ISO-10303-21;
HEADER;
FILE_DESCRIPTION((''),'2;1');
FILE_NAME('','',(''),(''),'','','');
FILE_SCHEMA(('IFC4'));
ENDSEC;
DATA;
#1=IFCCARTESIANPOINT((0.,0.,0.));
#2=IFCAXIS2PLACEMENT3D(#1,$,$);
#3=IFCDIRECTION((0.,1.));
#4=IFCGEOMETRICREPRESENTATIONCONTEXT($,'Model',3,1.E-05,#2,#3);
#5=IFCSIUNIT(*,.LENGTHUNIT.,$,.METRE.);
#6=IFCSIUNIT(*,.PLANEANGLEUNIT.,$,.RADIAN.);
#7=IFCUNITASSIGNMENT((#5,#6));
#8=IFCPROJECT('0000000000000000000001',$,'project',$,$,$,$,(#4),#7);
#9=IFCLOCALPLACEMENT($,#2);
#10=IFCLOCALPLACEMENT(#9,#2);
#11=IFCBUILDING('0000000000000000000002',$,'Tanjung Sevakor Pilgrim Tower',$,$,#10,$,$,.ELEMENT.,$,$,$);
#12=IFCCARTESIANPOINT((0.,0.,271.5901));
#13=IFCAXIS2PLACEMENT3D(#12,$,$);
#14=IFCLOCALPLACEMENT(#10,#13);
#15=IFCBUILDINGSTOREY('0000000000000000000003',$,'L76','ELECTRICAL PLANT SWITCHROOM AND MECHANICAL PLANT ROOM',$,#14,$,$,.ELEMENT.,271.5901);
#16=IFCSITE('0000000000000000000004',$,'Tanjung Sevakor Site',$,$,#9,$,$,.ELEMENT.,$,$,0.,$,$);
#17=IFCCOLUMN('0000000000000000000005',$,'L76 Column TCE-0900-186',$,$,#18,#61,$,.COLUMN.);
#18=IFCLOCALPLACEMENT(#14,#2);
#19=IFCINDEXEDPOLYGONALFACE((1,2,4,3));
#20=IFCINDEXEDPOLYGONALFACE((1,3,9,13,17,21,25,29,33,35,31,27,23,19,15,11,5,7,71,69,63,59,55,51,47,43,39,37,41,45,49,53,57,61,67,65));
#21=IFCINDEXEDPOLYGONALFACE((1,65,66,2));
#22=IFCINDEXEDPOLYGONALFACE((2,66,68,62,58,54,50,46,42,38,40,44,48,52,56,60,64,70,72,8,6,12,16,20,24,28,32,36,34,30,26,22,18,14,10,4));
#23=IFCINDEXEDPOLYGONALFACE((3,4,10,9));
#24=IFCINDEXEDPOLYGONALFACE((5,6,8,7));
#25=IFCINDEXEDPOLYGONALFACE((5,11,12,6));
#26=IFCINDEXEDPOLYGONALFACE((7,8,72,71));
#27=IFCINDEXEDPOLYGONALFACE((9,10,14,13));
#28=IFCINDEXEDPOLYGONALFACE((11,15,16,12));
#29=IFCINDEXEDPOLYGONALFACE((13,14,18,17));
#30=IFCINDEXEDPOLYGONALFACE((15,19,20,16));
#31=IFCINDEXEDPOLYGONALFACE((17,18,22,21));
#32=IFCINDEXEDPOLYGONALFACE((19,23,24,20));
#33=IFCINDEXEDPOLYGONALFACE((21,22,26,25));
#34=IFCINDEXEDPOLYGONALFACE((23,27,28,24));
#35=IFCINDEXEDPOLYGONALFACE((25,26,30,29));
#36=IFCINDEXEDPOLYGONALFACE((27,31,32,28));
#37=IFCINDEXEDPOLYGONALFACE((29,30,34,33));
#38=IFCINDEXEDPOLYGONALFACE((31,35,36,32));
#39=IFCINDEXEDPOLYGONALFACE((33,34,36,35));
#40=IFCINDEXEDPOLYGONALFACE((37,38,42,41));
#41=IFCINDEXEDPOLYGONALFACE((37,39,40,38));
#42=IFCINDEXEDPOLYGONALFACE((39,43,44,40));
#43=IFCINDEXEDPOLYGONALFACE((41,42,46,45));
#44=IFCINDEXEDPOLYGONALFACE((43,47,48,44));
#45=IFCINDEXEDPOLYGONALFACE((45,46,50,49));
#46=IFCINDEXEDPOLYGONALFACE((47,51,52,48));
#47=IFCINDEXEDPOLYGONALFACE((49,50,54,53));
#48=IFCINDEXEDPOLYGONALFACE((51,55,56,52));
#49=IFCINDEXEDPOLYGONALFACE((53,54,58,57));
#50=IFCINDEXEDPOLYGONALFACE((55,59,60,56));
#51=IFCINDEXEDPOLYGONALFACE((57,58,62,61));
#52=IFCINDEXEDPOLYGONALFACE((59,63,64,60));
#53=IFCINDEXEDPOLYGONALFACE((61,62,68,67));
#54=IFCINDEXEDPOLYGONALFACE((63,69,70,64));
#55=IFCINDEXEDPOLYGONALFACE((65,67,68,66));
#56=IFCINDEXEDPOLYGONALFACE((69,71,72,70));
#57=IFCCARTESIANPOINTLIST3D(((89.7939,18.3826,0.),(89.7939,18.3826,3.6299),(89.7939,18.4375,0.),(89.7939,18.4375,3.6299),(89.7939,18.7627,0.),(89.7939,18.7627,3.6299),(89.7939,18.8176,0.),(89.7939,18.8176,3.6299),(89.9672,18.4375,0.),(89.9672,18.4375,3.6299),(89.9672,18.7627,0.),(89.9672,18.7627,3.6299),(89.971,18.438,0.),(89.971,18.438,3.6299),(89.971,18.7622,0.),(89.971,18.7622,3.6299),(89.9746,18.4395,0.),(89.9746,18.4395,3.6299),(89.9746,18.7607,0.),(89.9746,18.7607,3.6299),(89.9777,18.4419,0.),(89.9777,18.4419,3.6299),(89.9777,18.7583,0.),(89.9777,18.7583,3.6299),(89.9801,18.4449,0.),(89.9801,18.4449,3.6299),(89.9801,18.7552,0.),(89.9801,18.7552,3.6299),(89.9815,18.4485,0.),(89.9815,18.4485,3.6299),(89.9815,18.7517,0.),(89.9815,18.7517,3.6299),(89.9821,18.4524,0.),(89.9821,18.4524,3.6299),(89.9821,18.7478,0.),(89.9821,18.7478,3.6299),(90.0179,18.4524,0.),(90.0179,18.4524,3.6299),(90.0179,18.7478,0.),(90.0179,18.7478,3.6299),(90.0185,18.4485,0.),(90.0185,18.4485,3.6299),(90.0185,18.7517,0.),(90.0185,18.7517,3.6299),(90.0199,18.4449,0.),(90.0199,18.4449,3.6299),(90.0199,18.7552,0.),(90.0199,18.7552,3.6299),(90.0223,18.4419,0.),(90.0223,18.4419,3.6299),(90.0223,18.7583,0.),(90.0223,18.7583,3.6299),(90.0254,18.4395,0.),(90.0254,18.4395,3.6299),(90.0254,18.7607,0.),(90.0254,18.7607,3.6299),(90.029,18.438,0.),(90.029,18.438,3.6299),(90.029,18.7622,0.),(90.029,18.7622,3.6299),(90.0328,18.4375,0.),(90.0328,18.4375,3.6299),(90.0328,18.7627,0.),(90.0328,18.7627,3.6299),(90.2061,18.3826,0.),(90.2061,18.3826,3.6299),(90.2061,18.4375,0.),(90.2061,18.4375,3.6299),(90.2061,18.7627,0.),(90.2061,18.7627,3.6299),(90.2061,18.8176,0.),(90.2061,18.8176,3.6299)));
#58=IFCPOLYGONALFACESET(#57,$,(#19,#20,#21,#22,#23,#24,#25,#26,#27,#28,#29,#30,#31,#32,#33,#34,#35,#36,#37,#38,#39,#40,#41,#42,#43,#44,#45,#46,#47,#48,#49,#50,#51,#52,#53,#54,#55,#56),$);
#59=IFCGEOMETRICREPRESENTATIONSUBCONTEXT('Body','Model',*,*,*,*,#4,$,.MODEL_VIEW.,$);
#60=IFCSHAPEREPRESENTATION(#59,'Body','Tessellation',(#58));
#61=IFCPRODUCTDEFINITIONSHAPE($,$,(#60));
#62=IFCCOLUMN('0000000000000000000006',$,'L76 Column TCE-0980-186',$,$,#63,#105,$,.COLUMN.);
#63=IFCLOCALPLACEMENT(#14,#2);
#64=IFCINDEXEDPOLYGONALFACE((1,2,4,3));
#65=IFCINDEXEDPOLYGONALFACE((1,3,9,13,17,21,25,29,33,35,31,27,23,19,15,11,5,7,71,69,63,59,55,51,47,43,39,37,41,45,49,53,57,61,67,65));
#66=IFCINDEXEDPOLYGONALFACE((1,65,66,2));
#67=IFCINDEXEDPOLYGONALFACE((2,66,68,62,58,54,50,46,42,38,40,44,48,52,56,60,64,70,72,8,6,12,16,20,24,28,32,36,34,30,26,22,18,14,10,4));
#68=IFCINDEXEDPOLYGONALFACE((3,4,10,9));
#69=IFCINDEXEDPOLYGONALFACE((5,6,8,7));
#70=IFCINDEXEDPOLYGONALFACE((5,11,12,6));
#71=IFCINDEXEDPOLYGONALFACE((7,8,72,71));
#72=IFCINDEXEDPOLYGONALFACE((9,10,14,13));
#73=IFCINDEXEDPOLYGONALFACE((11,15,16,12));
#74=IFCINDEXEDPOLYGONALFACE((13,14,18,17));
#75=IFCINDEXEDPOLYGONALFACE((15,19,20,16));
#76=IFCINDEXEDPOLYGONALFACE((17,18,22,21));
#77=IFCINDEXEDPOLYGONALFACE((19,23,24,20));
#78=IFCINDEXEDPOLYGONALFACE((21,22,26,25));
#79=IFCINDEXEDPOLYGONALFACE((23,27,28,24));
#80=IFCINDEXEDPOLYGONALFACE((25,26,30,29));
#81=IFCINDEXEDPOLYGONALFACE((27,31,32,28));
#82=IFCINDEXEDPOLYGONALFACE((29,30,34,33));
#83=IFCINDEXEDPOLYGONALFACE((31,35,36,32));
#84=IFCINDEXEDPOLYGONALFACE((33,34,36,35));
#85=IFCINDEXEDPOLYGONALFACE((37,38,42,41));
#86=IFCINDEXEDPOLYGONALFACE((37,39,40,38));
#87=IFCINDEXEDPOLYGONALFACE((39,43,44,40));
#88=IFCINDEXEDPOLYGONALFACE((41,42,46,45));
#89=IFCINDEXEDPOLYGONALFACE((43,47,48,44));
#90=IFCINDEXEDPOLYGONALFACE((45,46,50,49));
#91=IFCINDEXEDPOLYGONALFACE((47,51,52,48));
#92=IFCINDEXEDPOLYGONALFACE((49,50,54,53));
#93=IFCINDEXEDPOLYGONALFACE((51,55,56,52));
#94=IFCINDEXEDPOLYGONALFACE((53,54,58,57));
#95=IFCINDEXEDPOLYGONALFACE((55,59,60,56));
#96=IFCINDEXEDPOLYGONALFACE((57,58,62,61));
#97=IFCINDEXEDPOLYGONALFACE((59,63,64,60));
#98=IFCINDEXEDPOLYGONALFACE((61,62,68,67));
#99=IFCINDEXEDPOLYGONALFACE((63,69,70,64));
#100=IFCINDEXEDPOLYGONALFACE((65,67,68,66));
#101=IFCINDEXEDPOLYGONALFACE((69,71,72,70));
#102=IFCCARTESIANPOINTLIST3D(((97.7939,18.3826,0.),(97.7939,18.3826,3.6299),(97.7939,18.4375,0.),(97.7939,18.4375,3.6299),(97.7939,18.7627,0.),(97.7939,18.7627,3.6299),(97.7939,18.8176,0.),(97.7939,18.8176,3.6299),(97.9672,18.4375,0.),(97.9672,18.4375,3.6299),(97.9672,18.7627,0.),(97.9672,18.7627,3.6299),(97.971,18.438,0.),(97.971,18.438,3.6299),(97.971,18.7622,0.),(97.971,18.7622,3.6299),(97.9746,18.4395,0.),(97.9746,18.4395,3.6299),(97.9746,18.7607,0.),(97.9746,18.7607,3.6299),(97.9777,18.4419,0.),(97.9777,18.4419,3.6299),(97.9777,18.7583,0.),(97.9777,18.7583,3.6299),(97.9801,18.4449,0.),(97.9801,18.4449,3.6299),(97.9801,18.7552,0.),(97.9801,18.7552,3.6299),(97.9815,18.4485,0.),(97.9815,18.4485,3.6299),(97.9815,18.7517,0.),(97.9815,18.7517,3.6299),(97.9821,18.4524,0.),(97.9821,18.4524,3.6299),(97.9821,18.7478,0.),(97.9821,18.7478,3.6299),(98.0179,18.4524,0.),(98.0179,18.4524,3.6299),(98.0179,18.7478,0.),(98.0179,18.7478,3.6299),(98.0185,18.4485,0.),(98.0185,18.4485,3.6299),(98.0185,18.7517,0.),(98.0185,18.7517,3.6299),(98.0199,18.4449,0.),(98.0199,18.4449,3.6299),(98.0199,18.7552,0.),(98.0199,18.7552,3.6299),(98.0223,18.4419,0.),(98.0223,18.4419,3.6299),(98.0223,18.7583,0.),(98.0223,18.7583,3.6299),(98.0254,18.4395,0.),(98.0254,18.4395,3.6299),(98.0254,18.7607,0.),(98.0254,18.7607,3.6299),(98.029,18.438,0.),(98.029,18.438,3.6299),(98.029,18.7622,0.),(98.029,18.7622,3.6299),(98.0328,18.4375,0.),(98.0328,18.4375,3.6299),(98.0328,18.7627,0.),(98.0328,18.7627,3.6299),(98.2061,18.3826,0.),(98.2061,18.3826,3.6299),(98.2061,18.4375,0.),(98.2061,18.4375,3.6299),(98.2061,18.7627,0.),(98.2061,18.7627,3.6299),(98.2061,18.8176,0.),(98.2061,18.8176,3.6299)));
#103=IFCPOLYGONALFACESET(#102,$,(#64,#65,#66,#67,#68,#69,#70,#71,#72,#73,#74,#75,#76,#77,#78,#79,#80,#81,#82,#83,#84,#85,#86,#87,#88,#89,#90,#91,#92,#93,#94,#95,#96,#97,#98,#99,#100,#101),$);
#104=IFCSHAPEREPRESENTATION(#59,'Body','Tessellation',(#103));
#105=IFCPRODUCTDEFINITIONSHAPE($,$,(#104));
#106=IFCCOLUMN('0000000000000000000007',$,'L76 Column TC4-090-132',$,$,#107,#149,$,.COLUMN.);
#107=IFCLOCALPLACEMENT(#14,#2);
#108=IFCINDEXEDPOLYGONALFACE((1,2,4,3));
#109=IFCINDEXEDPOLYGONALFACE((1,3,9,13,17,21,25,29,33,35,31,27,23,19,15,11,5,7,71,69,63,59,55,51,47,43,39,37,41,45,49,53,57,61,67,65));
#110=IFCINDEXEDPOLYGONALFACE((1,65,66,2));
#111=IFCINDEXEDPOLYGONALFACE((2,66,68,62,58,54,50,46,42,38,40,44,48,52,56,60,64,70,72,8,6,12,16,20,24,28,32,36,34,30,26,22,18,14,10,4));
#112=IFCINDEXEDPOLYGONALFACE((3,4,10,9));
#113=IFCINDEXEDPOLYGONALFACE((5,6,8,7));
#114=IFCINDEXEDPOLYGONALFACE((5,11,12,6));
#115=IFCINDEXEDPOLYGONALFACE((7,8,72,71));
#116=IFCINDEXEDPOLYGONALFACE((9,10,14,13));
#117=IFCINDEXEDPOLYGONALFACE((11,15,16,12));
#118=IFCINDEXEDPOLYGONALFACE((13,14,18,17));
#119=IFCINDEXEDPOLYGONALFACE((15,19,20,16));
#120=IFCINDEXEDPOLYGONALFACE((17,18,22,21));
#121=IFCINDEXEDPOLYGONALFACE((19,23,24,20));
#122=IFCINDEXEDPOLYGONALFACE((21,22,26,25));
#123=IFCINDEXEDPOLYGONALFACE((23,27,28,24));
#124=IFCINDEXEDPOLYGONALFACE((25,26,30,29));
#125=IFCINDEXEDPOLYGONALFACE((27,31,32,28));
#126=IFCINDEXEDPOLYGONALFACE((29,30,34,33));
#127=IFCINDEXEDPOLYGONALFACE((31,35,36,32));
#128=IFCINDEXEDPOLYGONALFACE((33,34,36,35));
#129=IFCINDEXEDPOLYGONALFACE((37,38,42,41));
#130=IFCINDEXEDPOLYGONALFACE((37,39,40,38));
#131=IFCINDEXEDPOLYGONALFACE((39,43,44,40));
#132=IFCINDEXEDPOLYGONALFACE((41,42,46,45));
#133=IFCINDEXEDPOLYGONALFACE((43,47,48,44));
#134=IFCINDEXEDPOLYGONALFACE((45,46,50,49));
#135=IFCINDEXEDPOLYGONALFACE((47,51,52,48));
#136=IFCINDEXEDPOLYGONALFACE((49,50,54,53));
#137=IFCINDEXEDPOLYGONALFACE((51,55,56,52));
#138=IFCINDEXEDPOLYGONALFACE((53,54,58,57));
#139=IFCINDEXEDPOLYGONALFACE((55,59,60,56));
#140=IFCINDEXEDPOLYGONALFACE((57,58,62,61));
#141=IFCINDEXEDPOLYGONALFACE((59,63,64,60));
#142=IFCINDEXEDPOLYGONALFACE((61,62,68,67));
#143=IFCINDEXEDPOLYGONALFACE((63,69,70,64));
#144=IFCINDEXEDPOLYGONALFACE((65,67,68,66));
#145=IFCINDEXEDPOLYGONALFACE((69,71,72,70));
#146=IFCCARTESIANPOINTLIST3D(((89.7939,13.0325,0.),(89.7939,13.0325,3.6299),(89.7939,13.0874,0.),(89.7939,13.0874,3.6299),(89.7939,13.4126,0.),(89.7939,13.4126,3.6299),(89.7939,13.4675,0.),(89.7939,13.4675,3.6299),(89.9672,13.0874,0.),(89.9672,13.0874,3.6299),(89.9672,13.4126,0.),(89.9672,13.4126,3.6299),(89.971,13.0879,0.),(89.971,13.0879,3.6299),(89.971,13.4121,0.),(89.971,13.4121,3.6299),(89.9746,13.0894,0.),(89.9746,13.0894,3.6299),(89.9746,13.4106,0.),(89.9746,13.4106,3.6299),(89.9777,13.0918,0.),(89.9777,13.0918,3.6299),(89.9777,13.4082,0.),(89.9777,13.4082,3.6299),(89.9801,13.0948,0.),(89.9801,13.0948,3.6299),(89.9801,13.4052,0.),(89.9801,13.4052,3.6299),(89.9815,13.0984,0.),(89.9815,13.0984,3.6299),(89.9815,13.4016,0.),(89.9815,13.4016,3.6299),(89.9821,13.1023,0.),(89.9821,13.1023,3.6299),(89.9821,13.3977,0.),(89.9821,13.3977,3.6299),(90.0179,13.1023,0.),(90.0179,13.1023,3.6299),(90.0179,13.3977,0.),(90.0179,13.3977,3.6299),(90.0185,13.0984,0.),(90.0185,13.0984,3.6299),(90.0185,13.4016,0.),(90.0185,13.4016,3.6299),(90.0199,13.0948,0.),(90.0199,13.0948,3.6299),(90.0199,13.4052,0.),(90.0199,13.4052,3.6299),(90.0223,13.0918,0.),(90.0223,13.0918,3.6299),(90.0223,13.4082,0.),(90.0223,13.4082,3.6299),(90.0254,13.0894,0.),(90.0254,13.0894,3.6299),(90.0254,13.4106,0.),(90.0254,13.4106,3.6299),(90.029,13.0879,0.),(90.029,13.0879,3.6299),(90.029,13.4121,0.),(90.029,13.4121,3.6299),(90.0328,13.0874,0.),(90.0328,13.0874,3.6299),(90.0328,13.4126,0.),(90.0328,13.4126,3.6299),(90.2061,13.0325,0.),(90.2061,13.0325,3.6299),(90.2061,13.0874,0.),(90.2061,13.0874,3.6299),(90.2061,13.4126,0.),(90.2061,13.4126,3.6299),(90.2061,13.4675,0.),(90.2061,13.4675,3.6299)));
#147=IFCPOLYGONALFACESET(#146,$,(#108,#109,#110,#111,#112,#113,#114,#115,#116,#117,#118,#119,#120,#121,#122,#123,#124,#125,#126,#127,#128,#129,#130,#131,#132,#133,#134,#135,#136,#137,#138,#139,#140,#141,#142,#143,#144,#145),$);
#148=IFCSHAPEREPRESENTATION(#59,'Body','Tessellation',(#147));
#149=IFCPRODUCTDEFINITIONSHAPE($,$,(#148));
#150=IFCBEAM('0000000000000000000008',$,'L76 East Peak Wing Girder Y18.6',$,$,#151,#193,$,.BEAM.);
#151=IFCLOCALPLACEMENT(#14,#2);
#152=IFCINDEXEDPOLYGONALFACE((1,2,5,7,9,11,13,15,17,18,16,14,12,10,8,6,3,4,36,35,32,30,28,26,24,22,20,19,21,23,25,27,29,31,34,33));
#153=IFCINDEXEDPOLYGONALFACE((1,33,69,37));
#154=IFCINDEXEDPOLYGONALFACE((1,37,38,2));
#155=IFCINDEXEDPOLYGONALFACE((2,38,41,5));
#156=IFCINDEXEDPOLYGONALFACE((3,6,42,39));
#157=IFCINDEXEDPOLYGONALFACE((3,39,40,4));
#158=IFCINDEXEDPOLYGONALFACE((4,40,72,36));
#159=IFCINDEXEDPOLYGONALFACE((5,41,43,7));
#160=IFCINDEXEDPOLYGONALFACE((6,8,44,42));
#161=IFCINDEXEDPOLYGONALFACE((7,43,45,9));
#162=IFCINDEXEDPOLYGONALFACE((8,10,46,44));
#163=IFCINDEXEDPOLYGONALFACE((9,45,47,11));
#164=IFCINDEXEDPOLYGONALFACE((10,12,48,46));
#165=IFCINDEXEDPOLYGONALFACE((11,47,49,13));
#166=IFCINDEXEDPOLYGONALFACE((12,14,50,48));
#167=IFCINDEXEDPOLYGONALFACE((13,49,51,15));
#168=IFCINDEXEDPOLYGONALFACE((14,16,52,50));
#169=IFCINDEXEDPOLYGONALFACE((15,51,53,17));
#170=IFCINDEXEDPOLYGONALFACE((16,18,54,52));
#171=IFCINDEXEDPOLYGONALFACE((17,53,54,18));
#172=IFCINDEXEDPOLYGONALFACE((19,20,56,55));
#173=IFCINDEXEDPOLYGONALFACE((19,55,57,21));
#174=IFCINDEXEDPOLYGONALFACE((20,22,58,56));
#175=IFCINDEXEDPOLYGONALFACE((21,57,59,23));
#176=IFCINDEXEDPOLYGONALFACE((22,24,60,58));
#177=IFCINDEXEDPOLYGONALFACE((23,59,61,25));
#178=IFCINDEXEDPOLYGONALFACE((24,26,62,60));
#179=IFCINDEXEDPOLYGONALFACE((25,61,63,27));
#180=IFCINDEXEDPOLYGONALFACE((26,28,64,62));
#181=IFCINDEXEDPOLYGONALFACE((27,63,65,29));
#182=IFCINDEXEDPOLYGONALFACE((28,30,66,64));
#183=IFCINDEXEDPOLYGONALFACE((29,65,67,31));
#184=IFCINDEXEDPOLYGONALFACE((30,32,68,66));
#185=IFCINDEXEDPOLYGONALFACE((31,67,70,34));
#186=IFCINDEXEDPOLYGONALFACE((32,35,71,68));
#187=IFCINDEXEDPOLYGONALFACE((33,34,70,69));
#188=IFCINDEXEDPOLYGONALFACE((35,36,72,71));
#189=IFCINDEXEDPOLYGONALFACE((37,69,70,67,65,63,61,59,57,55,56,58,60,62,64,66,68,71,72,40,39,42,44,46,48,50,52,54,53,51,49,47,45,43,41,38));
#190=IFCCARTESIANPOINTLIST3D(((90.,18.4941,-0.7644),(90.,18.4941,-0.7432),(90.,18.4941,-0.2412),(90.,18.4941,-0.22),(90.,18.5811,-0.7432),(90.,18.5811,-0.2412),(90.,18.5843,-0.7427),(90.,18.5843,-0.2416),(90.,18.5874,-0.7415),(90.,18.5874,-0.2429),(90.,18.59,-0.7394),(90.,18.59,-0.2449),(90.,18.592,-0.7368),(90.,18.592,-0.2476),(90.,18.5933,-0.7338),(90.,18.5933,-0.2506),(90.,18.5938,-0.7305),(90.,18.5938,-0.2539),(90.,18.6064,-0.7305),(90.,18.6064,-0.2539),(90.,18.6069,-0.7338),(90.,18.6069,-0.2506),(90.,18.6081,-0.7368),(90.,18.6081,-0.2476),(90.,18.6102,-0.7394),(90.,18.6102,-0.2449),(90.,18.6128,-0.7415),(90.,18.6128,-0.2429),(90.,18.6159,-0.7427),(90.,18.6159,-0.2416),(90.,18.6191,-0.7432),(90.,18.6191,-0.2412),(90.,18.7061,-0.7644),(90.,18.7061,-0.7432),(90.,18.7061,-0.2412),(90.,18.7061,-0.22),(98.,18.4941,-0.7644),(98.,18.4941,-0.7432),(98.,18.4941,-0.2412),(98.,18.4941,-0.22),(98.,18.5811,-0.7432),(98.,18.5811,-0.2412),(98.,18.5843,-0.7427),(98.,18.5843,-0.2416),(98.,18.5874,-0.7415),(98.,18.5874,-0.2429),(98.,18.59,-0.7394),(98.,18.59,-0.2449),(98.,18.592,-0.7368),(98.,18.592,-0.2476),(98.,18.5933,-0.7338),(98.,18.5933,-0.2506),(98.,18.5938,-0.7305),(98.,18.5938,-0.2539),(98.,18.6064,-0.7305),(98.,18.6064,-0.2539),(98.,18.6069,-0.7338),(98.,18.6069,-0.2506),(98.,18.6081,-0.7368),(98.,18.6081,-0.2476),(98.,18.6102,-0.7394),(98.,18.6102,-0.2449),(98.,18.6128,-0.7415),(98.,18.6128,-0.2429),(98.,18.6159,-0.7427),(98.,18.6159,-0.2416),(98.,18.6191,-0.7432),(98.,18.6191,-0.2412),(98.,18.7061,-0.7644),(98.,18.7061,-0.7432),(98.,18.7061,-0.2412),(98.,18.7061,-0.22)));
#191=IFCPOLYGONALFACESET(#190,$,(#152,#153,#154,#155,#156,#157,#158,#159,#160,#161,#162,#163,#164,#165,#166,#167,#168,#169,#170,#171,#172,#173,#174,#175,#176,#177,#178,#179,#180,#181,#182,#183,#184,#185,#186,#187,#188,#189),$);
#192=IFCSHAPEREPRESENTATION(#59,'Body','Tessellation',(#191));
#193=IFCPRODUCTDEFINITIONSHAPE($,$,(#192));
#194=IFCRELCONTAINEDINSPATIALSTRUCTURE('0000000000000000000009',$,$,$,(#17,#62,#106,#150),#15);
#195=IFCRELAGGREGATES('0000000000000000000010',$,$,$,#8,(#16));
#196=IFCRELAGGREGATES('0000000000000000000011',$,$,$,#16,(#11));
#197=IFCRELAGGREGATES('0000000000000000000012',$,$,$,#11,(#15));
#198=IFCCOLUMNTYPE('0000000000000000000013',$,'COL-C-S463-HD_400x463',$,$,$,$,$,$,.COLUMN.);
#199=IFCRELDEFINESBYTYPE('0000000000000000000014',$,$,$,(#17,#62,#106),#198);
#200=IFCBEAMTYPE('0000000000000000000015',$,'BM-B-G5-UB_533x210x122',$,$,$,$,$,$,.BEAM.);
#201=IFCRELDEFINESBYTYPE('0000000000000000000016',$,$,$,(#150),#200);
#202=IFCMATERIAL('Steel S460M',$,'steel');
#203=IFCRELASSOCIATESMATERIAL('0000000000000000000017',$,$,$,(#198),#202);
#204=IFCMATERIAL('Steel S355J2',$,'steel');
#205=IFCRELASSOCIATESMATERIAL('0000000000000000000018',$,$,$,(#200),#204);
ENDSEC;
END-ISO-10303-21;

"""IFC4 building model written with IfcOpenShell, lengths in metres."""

from ifc_helpers import new_model, si_unit, direction, frame, origin, origin_2d, place, context, subcontext, project, spatial, i_section, extrude, material, material_profile, profile_set, type_object, element, save


model = new_model("IFC4")

# Units and contexts
model_context = context("Model", 3, precision=1e-05, world=origin(), true_north=direction((0.0, 1.0)))
body_context = subcontext(model_context, "Body", "Model", "MODEL_VIEW")
ifc_project = project(units=[si_unit("LENGTHUNIT", "METRE"), si_unit("PLANEANGLEUNIT", "RADIAN")], contexts=[model_context])

# Site, building, storey
site_placement = place(None, origin())
site = spatial("IfcSite", under=ifc_project, at=site_placement, Name="Tanjung Sevakor Site", CompositionType="ELEMENT", RefElevation=0.0)
building_placement = place(site_placement, origin())
building = spatial("IfcBuilding", under=site, at=building_placement, Name="Tanjung Sevakor Pilgrim Tower", CompositionType="ELEMENT")
storey_placement = place(building_placement, frame((0.0, 0.0, 271.5901)))
storey = spatial("IfcBuildingStorey", under=building, at=storey_placement, Name="L76", Description="ELECTRICAL PLANT SWITCHROOM AND MECHANICAL PLANT ROOM", CompositionType="ELEMENT", Elevation=271.5901)

# Columns
ifc_material_1 = material(Name="Steel S460M", Category="steel")
ifc_material_profile_1 = material_profile(ifc_material_1, i_section(OverallWidth=0.4121, OverallDepth=0.4351, WebThickness=0.0359, FlangeThickness=0.0549, FilletRadius=0.0149, at=origin_2d()))
ifc_profile_set_1 = profile_set([ifc_material_profile_1], Name="Steel S460M")
column_type = type_object("IfcColumnType", Name="COL-C-S463-HD_400x463", PredefinedType="COLUMN", material=ifc_profile_set_1)
for number, where, z_axis, x_axis, name in (
    (1, (90.0, 18.6001, 0.0), (0.0, 0.0, 1.0), (1.0, 0.0, 0.0), "L76 Column TCE-0900-186"),
    (2, (98.0, 18.6001, 0.0), (0.0, 0.0, 1.0), (1.0, 0.0, 0.0), "L76 Column TCE-0980-186"),
    (3, (90.0, 13.25, 0.0), (0.0, 0.0, 1.0), (1.0, 0.0, 0.0), "L76 Column TC4-090-132"),
):
    element("IfcColumn", number, at=place(storey_placement, frame(where, z_axis=z_axis, x_axis=x_axis)), inside=storey, type_object=column_type, Name=name, PredefinedType="COLUMN", context=body_context, shape_type="SweptSolid", body=[
        extrude(i_section(OverallWidth=0.4121, OverallDepth=0.4351, WebThickness=0.0359, FlangeThickness=0.0549, FilletRadius=0.0149, at=origin_2d()), origin(), (0.0, 0.0, 1.0), 3.6299),
    ])

# Beam
ifc_material_2 = material(Name="Steel S355J2", Category="steel")
ifc_material_profile_2 = material_profile(ifc_material_2, i_section(OverallWidth=0.2119, OverallDepth=0.5444, WebThickness=0.0127, FlangeThickness=0.0212, FilletRadius=0.0127, at=origin_2d()))
ifc_profile_set_2 = profile_set([ifc_material_profile_2], Name="Steel S355J2")
beam_type_1 = type_object("IfcBeamType", Name="BM-B-G5-UB_533x210x122", PredefinedType="BEAM", material=ifc_profile_set_2)
beam_1_placement = place(storey_placement, frame((90.0, 18.6001, -0.4922), z_axis=(1.0, 0.0, 0.0), x_axis=(0.0, 1.0, 0.0)))
element("IfcBeam", 4, at=beam_1_placement, inside=storey, type_object=beam_type_1, Name="L76 East Peak Wing Girder Y18.6", PredefinedType="BEAM", context=body_context, shape_type="SweptSolid", body=[
    extrude(i_section(OverallWidth=0.2119, OverallDepth=0.5444, WebThickness=0.0127, FlangeThickness=0.0212, FilletRadius=0.0127, at=origin_2d()), origin(), (0.0, 0.0, 1.0), 8.0),
])

save(model, "model.ifc")
